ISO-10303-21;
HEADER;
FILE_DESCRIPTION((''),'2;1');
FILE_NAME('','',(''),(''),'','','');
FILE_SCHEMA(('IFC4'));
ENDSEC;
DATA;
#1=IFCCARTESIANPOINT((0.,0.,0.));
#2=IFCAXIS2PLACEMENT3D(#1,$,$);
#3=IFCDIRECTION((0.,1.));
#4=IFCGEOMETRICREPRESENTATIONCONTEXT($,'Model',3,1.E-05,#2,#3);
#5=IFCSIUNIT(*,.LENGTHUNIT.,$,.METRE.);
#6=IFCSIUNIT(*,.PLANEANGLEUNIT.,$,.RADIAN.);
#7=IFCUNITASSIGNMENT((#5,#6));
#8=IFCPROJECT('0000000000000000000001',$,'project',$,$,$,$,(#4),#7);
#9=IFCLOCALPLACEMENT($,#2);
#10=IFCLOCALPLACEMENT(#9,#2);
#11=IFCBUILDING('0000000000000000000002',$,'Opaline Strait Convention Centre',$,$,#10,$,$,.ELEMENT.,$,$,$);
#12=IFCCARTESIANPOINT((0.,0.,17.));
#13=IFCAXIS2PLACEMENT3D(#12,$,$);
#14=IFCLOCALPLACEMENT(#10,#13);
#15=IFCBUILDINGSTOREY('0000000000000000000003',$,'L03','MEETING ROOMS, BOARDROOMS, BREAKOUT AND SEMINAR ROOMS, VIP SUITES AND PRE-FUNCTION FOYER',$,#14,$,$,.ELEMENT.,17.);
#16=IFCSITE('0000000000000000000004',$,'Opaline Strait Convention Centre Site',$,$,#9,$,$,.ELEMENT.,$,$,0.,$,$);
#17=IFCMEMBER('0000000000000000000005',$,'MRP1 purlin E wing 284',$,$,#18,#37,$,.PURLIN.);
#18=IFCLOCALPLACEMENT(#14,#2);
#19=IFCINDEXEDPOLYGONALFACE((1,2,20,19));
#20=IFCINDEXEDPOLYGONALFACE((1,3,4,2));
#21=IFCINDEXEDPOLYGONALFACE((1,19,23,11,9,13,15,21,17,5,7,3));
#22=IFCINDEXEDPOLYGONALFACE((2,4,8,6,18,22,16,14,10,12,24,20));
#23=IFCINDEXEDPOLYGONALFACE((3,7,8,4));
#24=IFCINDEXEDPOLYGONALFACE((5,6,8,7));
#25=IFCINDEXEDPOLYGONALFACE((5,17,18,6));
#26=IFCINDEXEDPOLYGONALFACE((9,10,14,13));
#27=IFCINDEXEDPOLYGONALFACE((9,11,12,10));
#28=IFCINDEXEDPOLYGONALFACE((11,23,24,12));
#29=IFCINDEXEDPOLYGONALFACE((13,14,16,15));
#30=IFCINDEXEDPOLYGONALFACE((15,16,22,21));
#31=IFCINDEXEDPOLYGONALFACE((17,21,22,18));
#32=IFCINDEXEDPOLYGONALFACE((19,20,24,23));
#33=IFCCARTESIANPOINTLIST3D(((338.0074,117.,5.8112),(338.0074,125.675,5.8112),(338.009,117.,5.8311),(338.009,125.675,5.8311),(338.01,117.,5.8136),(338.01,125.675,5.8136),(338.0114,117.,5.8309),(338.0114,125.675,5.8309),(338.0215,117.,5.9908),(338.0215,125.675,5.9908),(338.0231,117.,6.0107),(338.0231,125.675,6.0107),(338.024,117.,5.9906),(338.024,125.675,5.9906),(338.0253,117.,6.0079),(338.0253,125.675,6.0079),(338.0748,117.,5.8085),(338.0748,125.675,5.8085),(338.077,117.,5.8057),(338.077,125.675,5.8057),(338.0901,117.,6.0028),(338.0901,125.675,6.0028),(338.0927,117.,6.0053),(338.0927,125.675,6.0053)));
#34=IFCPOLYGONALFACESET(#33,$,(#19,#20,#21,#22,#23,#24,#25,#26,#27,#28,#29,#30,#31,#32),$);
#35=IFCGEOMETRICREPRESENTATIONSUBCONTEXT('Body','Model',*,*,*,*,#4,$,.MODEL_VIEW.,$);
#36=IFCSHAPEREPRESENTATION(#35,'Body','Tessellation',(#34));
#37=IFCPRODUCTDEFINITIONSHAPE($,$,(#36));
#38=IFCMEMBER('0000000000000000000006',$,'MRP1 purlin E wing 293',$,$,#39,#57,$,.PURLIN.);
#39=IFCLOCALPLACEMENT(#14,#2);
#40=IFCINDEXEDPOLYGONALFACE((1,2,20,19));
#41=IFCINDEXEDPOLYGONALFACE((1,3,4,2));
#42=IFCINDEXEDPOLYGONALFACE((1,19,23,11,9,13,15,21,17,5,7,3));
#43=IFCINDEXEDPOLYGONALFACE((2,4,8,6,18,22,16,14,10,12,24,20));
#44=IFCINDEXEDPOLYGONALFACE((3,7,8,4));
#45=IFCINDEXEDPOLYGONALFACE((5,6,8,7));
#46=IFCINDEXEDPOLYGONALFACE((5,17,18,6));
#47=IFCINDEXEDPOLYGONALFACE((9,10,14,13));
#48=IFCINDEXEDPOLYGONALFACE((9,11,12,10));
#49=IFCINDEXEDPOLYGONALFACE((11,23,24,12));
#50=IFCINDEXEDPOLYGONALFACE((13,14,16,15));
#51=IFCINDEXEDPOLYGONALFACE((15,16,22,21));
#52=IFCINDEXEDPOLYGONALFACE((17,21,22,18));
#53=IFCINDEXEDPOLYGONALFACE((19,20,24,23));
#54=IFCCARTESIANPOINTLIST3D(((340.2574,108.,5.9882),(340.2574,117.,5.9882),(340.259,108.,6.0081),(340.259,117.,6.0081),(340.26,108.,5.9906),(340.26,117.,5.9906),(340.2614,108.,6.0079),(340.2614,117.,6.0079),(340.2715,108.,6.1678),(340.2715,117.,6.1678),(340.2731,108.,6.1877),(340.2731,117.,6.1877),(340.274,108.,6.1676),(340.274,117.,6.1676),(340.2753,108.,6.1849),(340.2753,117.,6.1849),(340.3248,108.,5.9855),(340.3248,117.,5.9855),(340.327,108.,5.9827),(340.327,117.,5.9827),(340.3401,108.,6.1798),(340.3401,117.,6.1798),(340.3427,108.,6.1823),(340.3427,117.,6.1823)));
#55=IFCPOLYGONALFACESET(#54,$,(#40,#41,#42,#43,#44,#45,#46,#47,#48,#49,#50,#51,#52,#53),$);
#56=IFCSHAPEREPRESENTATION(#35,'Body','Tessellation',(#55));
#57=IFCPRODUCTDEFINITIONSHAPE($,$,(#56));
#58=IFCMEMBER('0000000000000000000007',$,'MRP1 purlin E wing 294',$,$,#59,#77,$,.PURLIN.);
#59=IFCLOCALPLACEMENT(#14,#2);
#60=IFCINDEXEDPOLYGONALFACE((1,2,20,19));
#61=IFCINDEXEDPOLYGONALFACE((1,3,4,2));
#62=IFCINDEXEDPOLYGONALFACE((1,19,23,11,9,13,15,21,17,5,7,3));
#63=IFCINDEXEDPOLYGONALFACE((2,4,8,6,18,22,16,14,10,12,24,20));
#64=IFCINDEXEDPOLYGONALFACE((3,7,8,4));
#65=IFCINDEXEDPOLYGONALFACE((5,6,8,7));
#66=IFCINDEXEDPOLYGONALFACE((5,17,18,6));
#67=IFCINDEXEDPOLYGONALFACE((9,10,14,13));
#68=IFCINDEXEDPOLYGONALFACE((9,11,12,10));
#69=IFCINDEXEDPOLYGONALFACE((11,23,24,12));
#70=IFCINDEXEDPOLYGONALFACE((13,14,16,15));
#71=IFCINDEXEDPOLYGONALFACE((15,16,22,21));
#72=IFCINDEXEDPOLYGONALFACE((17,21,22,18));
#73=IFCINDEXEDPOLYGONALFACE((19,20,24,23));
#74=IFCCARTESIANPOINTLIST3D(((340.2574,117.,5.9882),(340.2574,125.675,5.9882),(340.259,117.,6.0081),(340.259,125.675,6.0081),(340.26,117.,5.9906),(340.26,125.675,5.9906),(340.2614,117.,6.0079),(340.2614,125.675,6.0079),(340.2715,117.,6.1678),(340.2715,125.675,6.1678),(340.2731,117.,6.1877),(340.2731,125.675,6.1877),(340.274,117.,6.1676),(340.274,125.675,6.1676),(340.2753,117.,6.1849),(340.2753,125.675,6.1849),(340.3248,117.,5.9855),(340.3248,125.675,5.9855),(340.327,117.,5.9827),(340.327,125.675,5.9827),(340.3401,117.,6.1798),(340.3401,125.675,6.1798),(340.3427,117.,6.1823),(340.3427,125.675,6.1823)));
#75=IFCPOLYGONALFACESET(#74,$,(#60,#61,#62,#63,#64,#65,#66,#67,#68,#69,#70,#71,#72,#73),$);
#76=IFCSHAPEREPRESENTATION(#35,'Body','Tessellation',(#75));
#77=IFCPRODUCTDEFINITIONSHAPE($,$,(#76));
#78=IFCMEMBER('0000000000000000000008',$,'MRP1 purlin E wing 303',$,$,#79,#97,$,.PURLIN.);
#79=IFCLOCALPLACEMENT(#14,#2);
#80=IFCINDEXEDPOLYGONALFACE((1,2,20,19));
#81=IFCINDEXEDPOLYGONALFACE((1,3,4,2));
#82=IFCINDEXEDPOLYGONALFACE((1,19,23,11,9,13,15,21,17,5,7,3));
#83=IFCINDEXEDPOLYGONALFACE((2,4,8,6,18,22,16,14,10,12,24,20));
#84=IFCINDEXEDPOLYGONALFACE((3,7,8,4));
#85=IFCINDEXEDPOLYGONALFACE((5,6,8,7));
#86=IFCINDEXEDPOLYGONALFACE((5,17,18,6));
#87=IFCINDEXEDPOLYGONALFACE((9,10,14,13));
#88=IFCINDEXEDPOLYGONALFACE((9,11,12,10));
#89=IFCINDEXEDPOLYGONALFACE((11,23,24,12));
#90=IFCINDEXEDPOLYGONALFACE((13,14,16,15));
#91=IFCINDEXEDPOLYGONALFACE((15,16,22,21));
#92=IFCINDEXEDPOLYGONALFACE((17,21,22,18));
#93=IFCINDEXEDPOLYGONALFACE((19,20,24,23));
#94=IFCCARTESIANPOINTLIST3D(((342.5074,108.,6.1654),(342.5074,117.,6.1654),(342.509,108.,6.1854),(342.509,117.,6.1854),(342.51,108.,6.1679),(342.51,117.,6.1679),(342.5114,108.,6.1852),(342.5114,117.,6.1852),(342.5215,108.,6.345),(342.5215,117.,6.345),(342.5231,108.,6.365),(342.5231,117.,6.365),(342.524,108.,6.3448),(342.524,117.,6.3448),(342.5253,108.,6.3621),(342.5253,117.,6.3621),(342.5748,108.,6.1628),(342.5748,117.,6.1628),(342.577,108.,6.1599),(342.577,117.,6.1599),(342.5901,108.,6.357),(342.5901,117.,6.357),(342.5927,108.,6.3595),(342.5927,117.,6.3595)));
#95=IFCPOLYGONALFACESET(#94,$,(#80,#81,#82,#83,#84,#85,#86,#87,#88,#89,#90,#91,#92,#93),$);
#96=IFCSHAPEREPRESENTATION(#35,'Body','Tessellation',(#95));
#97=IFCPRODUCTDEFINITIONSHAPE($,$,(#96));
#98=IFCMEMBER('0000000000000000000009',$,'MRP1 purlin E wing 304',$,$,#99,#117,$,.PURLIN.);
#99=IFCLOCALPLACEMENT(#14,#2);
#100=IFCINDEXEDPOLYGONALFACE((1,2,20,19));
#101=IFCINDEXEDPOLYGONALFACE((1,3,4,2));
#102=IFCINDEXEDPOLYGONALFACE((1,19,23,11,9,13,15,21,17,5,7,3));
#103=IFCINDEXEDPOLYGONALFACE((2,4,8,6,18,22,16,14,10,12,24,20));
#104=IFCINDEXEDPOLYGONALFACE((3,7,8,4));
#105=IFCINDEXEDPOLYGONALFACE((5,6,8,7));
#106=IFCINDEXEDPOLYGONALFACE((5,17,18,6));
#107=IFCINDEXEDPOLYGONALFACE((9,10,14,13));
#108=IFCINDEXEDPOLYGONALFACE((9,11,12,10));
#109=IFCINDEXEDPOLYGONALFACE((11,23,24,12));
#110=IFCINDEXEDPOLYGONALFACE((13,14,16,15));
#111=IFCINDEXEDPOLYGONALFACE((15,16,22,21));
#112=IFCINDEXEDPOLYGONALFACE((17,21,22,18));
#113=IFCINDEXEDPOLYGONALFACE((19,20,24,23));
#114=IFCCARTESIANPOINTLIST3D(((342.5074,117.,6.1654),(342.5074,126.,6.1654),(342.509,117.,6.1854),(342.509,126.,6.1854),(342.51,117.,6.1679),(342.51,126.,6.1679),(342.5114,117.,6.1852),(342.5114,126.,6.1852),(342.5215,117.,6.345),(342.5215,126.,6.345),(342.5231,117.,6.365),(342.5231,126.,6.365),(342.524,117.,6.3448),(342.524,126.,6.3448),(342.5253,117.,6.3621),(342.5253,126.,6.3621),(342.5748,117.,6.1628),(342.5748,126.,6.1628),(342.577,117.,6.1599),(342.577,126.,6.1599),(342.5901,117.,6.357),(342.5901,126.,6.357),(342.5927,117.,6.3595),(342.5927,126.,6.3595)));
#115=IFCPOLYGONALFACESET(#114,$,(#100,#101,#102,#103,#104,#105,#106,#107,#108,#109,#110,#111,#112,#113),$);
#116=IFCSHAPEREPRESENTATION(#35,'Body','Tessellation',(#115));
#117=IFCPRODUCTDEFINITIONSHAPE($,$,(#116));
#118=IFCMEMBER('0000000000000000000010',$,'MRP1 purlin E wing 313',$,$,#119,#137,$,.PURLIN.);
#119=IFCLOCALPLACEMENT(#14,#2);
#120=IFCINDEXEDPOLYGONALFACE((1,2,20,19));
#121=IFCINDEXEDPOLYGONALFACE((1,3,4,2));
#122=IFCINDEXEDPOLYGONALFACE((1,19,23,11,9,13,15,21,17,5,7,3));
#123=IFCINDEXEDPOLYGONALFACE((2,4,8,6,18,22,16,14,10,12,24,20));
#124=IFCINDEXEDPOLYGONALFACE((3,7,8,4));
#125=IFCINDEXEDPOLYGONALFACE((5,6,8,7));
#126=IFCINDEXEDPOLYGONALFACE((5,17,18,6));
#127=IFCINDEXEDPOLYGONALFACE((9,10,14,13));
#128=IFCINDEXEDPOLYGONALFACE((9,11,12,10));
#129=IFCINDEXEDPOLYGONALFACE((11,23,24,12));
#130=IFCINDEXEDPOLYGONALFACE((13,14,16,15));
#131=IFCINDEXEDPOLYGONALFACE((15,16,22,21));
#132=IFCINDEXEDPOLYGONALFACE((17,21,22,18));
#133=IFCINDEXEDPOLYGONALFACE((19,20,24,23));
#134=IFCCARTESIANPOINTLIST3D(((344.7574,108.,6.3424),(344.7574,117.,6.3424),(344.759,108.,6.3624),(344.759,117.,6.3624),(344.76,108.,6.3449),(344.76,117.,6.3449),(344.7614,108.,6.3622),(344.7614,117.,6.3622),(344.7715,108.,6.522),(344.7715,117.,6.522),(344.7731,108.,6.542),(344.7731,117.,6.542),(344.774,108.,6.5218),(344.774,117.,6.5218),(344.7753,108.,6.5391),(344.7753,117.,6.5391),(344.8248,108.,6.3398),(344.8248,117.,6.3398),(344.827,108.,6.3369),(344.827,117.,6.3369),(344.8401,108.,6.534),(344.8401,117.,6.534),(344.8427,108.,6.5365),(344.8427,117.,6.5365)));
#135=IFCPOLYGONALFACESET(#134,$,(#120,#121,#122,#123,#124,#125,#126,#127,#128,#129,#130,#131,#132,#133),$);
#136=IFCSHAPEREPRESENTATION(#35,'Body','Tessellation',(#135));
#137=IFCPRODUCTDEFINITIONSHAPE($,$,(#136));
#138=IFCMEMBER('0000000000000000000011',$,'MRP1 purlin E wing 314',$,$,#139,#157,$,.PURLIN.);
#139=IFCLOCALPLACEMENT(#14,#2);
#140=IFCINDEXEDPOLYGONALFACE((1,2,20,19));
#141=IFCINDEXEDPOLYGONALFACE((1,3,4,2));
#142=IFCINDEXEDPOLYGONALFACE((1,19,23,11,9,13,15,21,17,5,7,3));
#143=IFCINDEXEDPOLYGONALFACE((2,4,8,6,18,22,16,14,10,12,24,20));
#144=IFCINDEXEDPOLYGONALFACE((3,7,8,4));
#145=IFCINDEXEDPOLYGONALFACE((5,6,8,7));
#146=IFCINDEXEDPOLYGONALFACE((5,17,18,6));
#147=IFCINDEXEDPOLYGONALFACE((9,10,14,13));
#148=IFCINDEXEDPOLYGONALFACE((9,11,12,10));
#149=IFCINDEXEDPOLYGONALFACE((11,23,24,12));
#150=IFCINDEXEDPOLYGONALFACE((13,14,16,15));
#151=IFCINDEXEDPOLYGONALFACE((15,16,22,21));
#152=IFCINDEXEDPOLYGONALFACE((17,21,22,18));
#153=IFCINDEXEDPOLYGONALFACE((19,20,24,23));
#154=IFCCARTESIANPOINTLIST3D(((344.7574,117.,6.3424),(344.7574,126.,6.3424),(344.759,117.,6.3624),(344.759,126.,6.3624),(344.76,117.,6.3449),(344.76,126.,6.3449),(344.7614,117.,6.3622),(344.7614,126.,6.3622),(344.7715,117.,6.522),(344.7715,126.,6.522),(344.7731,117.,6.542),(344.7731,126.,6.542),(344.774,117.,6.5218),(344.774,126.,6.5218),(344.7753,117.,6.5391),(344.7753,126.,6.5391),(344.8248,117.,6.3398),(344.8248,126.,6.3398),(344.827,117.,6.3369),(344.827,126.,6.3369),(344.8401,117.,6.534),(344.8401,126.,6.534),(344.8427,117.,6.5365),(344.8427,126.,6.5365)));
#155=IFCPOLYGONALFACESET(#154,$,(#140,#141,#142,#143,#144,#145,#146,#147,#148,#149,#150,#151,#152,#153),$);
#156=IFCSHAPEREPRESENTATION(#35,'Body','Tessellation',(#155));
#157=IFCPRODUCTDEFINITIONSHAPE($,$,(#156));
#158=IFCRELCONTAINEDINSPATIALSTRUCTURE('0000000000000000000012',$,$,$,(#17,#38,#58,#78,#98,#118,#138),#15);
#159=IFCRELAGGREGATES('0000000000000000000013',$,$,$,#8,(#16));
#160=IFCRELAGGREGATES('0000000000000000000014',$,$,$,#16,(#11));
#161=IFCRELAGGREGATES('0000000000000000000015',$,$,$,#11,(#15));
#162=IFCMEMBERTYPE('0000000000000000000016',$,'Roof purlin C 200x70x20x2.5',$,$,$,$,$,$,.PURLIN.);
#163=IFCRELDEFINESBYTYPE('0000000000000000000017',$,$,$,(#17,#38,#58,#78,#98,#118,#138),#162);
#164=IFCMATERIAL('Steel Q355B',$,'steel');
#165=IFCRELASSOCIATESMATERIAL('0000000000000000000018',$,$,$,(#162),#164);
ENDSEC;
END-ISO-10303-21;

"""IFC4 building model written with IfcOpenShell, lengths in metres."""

from ifc_helpers import new_model, si_unit, direction, frame, origin, place, context, subcontext, project, spatial, polyline, outline, extrude, material, material_profile, profile_set, type_object, element, save


model = new_model("IFC4")

# Units and contexts
model_context = context("Model", 3, precision=1e-05, world=origin(), true_north=direction((0.0, 1.0)))
body_context = subcontext(model_context, "Body", "Model", "MODEL_VIEW")
ifc_project = project(units=[si_unit("LENGTHUNIT", "METRE"), si_unit("PLANEANGLEUNIT", "RADIAN")], contexts=[model_context])

# Site, building, storey
site_placement = place(None, origin())
site = spatial("IfcSite", under=ifc_project, at=site_placement, Name="Opaline Strait Convention Centre Site", CompositionType="ELEMENT", RefElevation=0.0)
building_placement = place(site_placement, origin())
building = spatial("IfcBuilding", under=site, at=building_placement, Name="Opaline Strait Convention Centre", CompositionType="ELEMENT")
storey_placement = place(building_placement, frame((0.0, 0.0, 17.0)))
storey = spatial("IfcBuildingStorey", under=building, at=storey_placement, Name="L03", Description="MEETING ROOMS, BOARDROOMS, BREAKOUT AND SEMINAR ROOMS, VIP SUITES AND PRE-FUNCTION FOYER", CompositionType="ELEMENT", Elevation=17.0)

# Shared definitions
ifc_material_1 = material(Name="Steel Q355B", Category="steel")

# Members
ifc_material_profile_1 = material_profile(ifc_material_1, outline(polyline([(-0.0349, -0.1001), (0.0349, -0.1001), (0.0349, -0.0801), (0.0325, -0.0801), (0.0325, -0.0974), (-0.0325, -0.0974), (-0.0325, 0.0974), (0.0325, 0.0974), (0.0325, 0.0801), (0.0349, 0.0801), (0.0349, 0.1001), (-0.0349, 0.1001), (-0.0349, -0.1001)])), Name="C 200x70x20x2.5")
ifc_profile_set_1 = profile_set([ifc_material_profile_1], Name="Steel Q355B")
member_type_1 = type_object("IfcMemberType", Name="Roof purlin C 200x70x20x2.5", PredefinedType="PURLIN", material=ifc_profile_set_1)
member_1_placement = place(storey_placement, frame((338.05, 117.0, 5.9082), z_axis=(0.0, 1.0, 0.0), x_axis=(-0.996917, 0.0, 0.078459)))
element("IfcMember", 1, at=member_1_placement, inside=storey, type_object=member_type_1, Name="MRP1 purlin E wing 284", PredefinedType="PURLIN", context=body_context, shape_type="SweptSolid", body=[
    extrude(outline(polyline([(-0.0349, -0.1001), (0.0349, -0.1001), (0.0349, -0.0801), (0.0325, -0.0801), (0.0325, -0.0974), (-0.0325, -0.0974), (-0.0325, 0.0974), (0.0325, 0.0974), (0.0325, 0.0801), (0.0349, 0.0801), (0.0349, 0.1001), (-0.0349, 0.1001), (-0.0349, -0.1001)])), origin(), (0.0, 0.0, 1.0), 8.675),
])
member_2_placement = place(storey_placement, frame((340.3, 108.0, 6.0852), z_axis=(0.0, 1.0, 0.0), x_axis=(-0.996917, 0.0, 0.078459)))
element("IfcMember", 2, at=member_2_placement, inside=storey, type_object=member_type_1, Name="MRP1 purlin E wing 293", PredefinedType="PURLIN", context=body_context, shape_type="SweptSolid", body=[
    extrude(outline(polyline([(-0.0349, -0.1001), (0.0349, -0.1001), (0.0349, -0.0801), (0.0325, -0.0801), (0.0325, -0.0974), (-0.0325, -0.0974), (-0.0325, 0.0974), (0.0325, 0.0974), (0.0325, 0.0801), (0.0349, 0.0801), (0.0349, 0.1001), (-0.0349, 0.1001), (-0.0349, -0.1001)])), origin(), (0.0, 0.0, 1.0), 9.0),
])
member_3_placement = place(storey_placement, frame((340.3, 117.0, 6.0852), z_axis=(0.0, 1.0, 0.0), x_axis=(-0.996917, 0.0, 0.078459)))
element("IfcMember", 3, at=member_3_placement, inside=storey, type_object=member_type_1, Name="MRP1 purlin E wing 294", PredefinedType="PURLIN", context=body_context, shape_type="SweptSolid", body=[
    extrude(outline(polyline([(-0.0349, -0.1001), (0.0349, -0.1001), (0.0349, -0.0801), (0.0325, -0.0801), (0.0325, -0.0974), (-0.0325, -0.0974), (-0.0325, 0.0974), (0.0325, 0.0974), (0.0325, 0.0801), (0.0349, 0.0801), (0.0349, 0.1001), (-0.0349, 0.1001), (-0.0349, -0.1001)])), origin(), (0.0, 0.0, 1.0), 8.675),
])
for number, where, z_axis, x_axis, name in (
    (4, (342.55, 108.0, 6.2625), (0.0, 1.0, 0.0), (-0.996917, 0.0, 0.078459), "MRP1 purlin E wing 303"),
    (5, (342.55, 117.0, 6.2625), (0.0, 1.0, 0.0), (-0.996917, 0.0, 0.078459), "MRP1 purlin E wing 304"),
    (6, (344.8, 108.0, 6.4395), (0.0, 1.0, 0.0), (-0.996917, 0.0, 0.078459), "MRP1 purlin E wing 313"),
    (7, (344.8, 117.0, 6.4395), (0.0, 1.0, 0.0), (-0.996917, 0.0, 0.078459), "MRP1 purlin E wing 314"),
):
    element("IfcMember", number, at=place(storey_placement, frame(where, z_axis=z_axis, x_axis=x_axis)), inside=storey, type_object=member_type_1, Name=name, PredefinedType="PURLIN", context=body_context, shape_type="SweptSolid", body=[
        extrude(outline(polyline([(-0.0349, -0.1001), (0.0349, -0.1001), (0.0349, -0.0801), (0.0325, -0.0801), (0.0325, -0.0974), (-0.0325, -0.0974), (-0.0325, 0.0974), (0.0325, 0.0974), (0.0325, 0.0801), (0.0349, 0.0801), (0.0349, 0.1001), (-0.0349, 0.1001), (-0.0349, -0.1001)])), origin(), (0.0, 0.0, 1.0), 9.0),
    ])

save(model, "model.ifc")
